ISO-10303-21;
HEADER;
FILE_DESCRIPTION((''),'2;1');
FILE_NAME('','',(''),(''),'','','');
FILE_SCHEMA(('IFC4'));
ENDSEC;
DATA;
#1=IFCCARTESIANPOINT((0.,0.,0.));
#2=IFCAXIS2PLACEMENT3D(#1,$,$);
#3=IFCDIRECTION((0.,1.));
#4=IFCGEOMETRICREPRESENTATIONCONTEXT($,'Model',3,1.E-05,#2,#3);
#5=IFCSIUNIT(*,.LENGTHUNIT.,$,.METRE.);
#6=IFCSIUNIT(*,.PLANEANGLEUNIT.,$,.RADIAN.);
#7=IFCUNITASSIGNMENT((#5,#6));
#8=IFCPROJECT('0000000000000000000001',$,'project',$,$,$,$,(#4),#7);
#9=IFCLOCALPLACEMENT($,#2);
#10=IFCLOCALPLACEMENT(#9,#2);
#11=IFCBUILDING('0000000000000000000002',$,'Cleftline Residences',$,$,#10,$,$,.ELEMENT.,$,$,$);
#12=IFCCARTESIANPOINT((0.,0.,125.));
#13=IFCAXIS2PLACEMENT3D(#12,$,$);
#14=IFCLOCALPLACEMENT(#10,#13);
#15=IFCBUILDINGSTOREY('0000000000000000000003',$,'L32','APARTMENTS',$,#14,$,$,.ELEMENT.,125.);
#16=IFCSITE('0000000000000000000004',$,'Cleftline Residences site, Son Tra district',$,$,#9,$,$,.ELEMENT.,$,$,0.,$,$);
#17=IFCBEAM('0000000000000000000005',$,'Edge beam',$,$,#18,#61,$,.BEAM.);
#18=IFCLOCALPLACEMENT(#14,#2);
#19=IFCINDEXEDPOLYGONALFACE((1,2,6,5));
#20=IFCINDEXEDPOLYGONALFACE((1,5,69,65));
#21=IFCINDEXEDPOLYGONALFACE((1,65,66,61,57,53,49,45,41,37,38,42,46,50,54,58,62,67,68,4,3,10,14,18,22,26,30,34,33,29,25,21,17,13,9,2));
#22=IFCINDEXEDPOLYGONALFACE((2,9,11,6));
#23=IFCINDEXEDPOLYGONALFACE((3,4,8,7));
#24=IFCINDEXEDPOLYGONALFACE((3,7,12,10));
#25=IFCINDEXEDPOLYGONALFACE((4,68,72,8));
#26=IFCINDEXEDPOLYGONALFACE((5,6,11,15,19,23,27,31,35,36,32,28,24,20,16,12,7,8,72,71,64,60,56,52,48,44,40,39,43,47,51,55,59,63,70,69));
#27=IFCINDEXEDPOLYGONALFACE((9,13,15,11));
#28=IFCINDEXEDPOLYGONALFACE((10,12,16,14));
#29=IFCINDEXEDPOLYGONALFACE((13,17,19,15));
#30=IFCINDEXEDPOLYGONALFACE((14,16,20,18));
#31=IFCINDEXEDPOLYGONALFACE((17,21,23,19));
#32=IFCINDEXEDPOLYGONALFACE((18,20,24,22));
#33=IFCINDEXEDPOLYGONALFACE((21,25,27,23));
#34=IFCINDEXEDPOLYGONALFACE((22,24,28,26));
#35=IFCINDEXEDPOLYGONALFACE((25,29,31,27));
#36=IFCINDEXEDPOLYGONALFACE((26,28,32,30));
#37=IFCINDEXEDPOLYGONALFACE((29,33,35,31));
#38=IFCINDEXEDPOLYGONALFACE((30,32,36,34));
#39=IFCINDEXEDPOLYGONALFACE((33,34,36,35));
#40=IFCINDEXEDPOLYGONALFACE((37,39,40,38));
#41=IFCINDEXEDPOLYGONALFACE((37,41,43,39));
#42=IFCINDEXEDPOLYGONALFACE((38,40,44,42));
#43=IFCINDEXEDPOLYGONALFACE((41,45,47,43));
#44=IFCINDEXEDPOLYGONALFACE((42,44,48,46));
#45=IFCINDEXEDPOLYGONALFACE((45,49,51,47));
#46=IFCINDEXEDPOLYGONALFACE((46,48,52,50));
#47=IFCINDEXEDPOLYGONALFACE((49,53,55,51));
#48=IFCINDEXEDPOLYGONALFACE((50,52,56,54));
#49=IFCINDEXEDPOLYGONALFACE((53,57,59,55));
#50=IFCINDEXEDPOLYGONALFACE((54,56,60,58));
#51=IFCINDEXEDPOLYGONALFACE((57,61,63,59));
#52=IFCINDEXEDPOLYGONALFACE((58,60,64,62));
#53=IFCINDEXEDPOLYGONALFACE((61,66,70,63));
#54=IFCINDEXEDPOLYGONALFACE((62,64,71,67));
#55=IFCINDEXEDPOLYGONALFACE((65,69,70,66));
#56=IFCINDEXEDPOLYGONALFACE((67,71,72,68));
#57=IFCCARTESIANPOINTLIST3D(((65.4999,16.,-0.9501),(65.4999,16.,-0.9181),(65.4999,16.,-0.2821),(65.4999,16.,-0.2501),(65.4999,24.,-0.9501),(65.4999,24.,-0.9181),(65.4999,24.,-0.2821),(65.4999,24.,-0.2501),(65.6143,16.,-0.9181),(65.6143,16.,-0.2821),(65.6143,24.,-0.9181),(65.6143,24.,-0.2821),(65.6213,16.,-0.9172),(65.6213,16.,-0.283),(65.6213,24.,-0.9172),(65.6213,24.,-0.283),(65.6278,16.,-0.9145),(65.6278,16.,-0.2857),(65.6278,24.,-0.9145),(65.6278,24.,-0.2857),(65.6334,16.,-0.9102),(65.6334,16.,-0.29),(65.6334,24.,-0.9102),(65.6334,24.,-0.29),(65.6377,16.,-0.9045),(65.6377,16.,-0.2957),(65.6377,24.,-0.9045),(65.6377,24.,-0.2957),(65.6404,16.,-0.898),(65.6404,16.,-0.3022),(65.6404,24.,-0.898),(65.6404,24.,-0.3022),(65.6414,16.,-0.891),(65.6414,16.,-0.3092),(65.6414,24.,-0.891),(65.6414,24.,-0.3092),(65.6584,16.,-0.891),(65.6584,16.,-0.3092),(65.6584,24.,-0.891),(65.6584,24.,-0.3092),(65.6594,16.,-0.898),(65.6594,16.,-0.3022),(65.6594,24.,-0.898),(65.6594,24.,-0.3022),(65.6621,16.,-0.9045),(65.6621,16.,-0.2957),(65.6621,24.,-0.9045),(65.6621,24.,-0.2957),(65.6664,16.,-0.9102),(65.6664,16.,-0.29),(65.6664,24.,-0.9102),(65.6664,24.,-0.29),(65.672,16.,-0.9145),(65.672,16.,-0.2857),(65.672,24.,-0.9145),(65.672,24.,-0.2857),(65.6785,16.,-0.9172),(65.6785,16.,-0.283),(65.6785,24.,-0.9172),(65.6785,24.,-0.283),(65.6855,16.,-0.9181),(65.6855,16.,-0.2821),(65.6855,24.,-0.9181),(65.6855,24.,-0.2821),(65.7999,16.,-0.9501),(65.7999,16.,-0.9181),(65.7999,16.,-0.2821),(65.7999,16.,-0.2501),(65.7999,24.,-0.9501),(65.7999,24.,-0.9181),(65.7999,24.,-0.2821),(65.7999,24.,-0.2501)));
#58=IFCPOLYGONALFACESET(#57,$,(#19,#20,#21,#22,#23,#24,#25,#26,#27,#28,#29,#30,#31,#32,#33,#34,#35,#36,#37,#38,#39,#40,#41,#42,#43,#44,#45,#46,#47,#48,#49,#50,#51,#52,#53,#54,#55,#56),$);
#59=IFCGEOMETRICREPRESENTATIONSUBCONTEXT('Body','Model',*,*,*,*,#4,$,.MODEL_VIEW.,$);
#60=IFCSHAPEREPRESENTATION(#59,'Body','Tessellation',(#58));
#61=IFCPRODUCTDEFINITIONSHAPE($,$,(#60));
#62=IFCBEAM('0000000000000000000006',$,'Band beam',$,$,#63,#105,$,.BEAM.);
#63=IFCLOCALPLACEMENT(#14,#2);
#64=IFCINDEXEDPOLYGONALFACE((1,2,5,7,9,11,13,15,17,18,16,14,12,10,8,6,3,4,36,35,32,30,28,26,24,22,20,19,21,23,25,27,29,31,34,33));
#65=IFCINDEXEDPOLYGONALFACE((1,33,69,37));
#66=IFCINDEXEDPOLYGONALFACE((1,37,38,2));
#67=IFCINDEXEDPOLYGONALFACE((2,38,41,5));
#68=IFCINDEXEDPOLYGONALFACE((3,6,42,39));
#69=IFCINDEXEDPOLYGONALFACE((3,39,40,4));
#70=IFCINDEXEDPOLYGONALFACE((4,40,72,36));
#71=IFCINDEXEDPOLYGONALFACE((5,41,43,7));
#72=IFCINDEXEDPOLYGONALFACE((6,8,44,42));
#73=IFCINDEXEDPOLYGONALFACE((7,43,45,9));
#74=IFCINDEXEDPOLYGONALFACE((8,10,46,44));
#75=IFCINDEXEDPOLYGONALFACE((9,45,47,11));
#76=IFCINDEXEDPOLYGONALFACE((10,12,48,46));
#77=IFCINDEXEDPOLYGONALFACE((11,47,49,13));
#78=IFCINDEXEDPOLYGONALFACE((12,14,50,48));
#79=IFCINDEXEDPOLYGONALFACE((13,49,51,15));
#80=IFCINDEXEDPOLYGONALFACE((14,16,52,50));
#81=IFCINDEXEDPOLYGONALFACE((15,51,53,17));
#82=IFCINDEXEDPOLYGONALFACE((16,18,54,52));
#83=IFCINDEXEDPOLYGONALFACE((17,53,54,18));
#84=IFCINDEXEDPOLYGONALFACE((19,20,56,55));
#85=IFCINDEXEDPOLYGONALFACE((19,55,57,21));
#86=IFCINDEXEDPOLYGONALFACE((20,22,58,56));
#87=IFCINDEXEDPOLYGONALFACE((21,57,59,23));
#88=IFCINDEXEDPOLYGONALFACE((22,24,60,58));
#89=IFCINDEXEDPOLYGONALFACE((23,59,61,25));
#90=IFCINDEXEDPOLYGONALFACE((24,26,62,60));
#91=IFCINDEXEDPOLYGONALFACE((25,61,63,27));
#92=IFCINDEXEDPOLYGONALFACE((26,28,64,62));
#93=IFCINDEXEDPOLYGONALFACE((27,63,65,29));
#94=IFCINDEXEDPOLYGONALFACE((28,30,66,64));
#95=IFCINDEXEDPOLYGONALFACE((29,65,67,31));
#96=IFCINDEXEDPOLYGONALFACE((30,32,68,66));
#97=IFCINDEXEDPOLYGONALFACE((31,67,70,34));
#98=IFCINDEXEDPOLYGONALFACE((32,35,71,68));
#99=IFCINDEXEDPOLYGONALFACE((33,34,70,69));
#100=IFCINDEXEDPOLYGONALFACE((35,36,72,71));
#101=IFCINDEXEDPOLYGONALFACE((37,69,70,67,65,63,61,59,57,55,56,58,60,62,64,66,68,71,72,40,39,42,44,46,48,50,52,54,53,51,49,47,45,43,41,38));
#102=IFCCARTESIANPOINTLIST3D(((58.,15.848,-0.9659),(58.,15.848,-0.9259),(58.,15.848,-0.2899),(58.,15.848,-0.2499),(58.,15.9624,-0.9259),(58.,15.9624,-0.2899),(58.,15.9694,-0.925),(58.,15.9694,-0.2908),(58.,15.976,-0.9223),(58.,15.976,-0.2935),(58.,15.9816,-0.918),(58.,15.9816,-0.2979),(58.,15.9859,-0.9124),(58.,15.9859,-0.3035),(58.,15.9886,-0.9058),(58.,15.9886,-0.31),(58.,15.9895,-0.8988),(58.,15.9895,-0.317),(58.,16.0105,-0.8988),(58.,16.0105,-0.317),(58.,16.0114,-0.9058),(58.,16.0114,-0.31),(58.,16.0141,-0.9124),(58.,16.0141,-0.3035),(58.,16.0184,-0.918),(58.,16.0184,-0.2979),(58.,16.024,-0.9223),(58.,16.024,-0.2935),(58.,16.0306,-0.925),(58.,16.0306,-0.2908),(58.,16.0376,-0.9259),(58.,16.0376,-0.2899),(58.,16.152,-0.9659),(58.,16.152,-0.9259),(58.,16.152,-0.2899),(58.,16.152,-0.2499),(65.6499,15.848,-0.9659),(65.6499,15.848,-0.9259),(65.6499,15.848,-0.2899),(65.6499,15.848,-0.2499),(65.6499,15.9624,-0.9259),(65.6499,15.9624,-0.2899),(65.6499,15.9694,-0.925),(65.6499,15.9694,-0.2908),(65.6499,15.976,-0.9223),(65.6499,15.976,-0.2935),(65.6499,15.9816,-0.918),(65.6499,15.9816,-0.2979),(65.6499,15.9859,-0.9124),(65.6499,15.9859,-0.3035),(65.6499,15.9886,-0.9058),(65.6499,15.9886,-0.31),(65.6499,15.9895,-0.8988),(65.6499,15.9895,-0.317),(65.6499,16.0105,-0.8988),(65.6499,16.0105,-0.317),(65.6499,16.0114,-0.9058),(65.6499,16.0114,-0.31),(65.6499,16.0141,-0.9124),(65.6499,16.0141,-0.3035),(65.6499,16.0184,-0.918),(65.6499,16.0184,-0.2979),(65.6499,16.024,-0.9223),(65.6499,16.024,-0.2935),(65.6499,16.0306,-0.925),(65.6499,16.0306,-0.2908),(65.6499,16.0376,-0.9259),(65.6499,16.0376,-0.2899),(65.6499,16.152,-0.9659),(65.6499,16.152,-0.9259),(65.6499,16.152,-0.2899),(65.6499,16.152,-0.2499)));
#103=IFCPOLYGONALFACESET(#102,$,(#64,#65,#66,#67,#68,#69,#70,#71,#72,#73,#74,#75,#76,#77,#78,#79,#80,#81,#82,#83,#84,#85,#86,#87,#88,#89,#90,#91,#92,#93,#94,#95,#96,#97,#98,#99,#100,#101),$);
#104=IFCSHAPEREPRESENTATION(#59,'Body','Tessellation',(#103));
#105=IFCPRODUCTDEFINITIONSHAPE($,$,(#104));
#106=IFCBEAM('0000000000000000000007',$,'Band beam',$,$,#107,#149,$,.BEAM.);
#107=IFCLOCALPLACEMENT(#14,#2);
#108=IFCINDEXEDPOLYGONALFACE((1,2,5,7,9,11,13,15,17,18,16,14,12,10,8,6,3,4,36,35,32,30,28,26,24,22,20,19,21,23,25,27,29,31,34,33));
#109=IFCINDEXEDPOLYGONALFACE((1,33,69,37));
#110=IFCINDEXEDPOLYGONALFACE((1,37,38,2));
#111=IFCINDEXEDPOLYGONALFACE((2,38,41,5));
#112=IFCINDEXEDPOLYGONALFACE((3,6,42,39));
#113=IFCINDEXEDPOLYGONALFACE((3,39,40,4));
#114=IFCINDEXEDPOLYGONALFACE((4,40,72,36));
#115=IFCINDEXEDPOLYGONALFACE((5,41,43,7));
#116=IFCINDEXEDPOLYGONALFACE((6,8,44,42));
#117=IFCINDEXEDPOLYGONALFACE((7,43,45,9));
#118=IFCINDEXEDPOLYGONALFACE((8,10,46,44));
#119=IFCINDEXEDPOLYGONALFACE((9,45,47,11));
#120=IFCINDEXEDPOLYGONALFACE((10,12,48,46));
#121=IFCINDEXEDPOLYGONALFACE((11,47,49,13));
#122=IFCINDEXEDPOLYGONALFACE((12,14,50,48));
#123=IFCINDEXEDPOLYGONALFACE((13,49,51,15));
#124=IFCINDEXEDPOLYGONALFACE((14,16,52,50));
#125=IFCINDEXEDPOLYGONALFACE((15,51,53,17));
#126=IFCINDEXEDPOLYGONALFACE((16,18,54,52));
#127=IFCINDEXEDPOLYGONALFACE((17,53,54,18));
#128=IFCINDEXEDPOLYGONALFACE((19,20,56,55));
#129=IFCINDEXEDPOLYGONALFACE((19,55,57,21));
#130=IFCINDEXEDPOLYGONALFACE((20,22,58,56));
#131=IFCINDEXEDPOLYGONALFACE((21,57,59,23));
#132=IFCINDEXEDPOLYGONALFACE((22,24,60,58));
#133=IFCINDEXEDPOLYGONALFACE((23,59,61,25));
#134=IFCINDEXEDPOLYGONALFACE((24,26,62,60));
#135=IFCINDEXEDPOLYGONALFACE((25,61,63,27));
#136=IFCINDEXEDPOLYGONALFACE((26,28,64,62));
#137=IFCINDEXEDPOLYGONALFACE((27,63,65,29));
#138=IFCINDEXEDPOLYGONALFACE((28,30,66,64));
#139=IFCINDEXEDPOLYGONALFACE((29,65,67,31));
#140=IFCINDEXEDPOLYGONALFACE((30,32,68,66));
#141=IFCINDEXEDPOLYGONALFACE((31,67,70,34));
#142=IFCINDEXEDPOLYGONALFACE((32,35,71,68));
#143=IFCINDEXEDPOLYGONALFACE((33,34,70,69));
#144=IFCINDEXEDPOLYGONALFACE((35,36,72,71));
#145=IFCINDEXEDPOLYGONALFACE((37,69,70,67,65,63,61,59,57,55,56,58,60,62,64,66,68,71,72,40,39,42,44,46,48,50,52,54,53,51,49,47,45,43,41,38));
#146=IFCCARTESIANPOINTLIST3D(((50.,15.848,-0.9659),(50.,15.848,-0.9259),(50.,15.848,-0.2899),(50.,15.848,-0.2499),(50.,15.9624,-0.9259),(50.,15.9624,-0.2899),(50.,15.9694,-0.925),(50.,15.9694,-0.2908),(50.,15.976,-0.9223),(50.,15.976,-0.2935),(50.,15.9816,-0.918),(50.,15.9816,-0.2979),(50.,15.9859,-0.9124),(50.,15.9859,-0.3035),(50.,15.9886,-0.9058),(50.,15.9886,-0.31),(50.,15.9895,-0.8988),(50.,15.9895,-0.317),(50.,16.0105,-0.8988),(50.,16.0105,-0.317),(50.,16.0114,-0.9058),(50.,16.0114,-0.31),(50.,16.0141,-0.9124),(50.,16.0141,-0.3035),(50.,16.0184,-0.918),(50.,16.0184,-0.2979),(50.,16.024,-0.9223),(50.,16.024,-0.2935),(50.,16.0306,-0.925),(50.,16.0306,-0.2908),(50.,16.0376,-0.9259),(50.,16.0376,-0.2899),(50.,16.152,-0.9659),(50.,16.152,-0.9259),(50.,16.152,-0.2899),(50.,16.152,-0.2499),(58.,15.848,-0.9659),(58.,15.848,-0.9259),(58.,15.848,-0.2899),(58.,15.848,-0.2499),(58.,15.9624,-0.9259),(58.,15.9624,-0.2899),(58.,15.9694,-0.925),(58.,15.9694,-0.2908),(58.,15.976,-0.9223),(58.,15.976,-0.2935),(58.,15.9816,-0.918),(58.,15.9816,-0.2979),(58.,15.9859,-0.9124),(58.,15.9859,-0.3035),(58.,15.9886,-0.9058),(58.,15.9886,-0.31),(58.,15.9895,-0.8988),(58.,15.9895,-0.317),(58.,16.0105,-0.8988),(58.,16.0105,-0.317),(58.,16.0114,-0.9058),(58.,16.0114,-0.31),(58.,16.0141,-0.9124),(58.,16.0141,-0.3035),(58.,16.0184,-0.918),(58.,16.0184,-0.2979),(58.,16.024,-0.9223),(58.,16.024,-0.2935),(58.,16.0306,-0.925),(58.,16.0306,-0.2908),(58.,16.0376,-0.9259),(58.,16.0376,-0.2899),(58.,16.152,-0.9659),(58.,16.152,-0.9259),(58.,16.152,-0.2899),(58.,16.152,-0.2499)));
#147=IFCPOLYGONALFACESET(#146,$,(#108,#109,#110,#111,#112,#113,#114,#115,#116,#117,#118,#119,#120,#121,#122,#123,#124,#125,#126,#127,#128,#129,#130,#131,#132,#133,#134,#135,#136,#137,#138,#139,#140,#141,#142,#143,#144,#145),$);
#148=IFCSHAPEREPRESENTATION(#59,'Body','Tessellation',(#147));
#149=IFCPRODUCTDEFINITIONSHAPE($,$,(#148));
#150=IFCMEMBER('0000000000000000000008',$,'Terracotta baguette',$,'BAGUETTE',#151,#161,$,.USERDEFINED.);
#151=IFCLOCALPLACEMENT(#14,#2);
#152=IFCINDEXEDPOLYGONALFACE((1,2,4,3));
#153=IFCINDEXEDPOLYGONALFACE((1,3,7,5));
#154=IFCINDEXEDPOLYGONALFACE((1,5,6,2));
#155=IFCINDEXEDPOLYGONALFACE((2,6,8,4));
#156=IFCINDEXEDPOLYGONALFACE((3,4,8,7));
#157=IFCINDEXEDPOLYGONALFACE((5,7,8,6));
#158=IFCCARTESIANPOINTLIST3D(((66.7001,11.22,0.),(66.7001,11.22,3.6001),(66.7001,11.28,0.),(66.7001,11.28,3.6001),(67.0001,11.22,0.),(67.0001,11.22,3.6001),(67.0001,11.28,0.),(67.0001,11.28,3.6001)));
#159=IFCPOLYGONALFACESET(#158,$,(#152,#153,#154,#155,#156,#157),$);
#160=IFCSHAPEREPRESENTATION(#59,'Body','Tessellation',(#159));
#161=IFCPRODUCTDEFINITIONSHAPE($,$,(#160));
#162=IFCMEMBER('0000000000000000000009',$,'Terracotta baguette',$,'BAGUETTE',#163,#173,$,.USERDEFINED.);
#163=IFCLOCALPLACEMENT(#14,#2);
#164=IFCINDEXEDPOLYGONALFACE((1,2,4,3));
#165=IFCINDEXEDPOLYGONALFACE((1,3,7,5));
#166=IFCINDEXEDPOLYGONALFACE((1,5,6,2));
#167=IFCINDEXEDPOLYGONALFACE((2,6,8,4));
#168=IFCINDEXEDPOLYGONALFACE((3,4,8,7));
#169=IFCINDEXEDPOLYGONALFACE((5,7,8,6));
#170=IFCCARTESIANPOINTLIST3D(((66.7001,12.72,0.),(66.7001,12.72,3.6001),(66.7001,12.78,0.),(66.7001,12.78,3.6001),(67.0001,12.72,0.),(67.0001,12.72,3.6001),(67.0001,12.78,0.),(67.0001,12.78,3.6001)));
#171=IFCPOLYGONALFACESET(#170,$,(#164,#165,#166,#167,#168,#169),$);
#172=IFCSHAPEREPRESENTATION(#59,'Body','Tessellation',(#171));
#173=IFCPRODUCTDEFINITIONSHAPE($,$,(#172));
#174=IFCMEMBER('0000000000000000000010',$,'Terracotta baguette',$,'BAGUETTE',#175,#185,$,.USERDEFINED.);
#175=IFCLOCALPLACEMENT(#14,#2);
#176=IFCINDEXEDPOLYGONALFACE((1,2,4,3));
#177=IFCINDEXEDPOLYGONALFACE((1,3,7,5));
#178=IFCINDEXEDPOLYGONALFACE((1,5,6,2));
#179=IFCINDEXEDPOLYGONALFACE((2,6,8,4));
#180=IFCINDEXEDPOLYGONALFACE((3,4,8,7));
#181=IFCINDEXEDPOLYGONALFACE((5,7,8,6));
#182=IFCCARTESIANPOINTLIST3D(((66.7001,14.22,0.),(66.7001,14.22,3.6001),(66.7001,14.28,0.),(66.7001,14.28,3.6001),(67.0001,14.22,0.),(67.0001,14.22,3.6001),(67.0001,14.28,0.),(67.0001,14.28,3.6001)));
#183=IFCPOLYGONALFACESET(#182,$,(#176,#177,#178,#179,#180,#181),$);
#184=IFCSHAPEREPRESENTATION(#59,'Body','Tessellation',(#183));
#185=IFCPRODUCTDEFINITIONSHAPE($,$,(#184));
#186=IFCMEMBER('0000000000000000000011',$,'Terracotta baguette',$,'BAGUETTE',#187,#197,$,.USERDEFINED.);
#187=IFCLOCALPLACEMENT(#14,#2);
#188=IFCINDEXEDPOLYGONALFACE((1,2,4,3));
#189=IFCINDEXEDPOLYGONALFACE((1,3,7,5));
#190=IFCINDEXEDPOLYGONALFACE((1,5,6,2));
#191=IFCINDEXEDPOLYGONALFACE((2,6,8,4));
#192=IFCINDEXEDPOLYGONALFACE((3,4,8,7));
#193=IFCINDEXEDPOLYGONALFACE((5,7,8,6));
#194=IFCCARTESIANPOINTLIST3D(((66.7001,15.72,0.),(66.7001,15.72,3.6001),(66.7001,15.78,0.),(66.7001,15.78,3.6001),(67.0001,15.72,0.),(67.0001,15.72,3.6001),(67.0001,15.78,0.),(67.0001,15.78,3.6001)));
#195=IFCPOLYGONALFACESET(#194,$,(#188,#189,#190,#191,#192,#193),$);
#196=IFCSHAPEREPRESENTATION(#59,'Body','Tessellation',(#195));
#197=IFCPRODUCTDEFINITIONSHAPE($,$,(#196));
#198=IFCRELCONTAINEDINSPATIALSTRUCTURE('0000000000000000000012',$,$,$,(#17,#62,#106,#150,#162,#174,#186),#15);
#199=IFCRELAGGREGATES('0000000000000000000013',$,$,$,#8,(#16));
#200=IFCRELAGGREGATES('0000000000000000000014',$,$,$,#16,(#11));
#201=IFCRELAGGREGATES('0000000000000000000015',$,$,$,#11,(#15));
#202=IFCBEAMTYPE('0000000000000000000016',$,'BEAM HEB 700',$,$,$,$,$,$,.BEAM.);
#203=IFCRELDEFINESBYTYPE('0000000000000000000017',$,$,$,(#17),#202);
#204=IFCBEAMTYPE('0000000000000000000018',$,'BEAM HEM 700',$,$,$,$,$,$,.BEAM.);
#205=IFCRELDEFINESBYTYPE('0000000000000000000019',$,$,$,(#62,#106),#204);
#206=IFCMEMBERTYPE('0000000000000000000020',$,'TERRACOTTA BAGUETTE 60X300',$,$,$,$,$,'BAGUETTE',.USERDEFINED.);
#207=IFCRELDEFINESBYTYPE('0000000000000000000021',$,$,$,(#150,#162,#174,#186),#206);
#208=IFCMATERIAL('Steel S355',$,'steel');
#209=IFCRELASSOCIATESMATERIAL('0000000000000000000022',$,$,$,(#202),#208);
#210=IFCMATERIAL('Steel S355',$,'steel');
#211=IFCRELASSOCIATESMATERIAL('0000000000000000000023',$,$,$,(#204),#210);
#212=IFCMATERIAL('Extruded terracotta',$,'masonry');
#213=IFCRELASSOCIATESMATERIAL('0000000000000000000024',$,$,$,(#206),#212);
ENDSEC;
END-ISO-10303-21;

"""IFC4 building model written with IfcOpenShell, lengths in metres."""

from ifc_helpers import new_model, si_unit, direction, frame, origin, origin_2d, place, context, subcontext, project, spatial, rectangle, i_section, extrude, material, material_profile, profile_set, type_object, element, save


model = new_model("IFC4")

# Units and contexts
model_context = context("Model", 3, precision=1e-05, world=origin(), true_north=direction((0.0, 1.0)))
body_context = subcontext(model_context, "Body", "Model", "MODEL_VIEW")
ifc_project = project(units=[si_unit("LENGTHUNIT", "METRE"), si_unit("PLANEANGLEUNIT", "RADIAN")], contexts=[model_context])

# Site, building, storey
site_placement = place(None, origin())
site = spatial("IfcSite", under=ifc_project, at=site_placement, Name="Cleftline Residences site, Son Tra district", CompositionType="ELEMENT", RefElevation=0.0)
building_placement = place(site_placement, origin())
building = spatial("IfcBuilding", under=site, at=building_placement, Name="Cleftline Residences", CompositionType="ELEMENT")
storey_placement = place(building_placement, frame((0.0, 0.0, 125.0)))
storey = spatial("IfcBuildingStorey", under=building, at=storey_placement, Name="L32", Description="APARTMENTS", CompositionType="ELEMENT", Elevation=125.0)

# Beams
ifc_material_1 = material(Name="Steel S355", Category="steel")
ifc_material_profile_1 = material_profile(ifc_material_1, i_section(OverallWidth=0.3, OverallDepth=0.7, WebThickness=0.0171, FlangeThickness=0.032, FilletRadius=0.0271, at=origin_2d()))
ifc_profile_set_1 = profile_set([ifc_material_profile_1], Name="Steel S355")
beam_type_1 = type_object("IfcBeamType", Name="BEAM HEB 700", PredefinedType="BEAM", material=ifc_profile_set_1)
beam_1_placement = place(storey_placement, frame((65.6499, 16.0, -0.6001), z_axis=(0.0, 1.0, 0.0), x_axis=(-1.0, 0.0, 0.0)))
element("IfcBeam", 1, at=beam_1_placement, inside=storey, type_object=beam_type_1, Name="Edge beam", PredefinedType="BEAM", context=body_context, shape_type="SweptSolid", body=[
    extrude(i_section(OverallWidth=0.3, OverallDepth=0.7, WebThickness=0.0171, FlangeThickness=0.032, FilletRadius=0.0271, at=origin_2d()), origin(), (0.0, 0.0, 1.0), 8.0),
])
ifc_material_2 = material(Name="Steel S355", Category="steel")
ifc_material_profile_2 = material_profile(ifc_material_2, i_section(OverallWidth=0.304, OverallDepth=0.7161, WebThickness=0.021, FlangeThickness=0.04, FilletRadius=0.0271, at=origin_2d()))
ifc_profile_set_2 = profile_set([ifc_material_profile_2], Name="Steel S355")
beam_type_2 = type_object("IfcBeamType", Name="BEAM HEM 700", PredefinedType="BEAM", material=ifc_profile_set_2)
beam_2_placement = place(storey_placement, frame((65.6499, 16.0, -0.6079), z_axis=(-1.0, 0.0, 0.0), x_axis=(0.0, -1.0, 0.0)))
element("IfcBeam", 2, at=beam_2_placement, inside=storey, type_object=beam_type_2, Name="Band beam", PredefinedType="BEAM", context=body_context, shape_type="SweptSolid", body=[
    extrude(i_section(OverallWidth=0.304, OverallDepth=0.7161, WebThickness=0.021, FlangeThickness=0.04, FilletRadius=0.0271, at=origin_2d()), origin(), (0.0, 0.0, 1.0), 7.6499),
])
beam_3_placement = place(storey_placement, frame((58.0, 16.0, -0.6079), z_axis=(-1.0, 0.0, 0.0), x_axis=(0.0, -1.0, 0.0)))
element("IfcBeam", 3, at=beam_3_placement, inside=storey, type_object=beam_type_2, Name="Band beam", PredefinedType="BEAM", context=body_context, shape_type="SweptSolid", body=[
    extrude(i_section(OverallWidth=0.304, OverallDepth=0.7161, WebThickness=0.021, FlangeThickness=0.04, FilletRadius=0.0271, at=origin_2d()), origin(), (0.0, 0.0, 1.0), 8.0),
])

# Members
ifc_material_3 = material(Name="Extruded terracotta", Category="masonry")
ifc_material_profile_3 = material_profile(ifc_material_3, rectangle(XDim=0.0601, YDim=0.3, at=origin_2d()))
ifc_profile_set_3 = profile_set([ifc_material_profile_3], Name="Extruded terracotta")
member_type_1 = type_object("IfcMemberType", Name="TERRACOTTA BAGUETTE 60X300", ElementType="BAGUETTE", PredefinedType="USERDEFINED", material=ifc_profile_set_3)
for number, where, z_axis, x_axis, name in (
    (4, (66.8501, 11.25, 0.0), (0.0, 0.0, 1.0), (0.0, 1.0, 0.0), "Terracotta baguette"),
    (5, (66.8501, 12.75, 0.0), (0.0, 0.0, 1.0), (0.0, 1.0, 0.0), "Terracotta baguette"),
    (6, (66.8501, 14.25, 0.0), (0.0, 0.0, 1.0), (0.0, 1.0, 0.0), "Terracotta baguette"),
    (7, (66.8501, 15.75, 0.0), (0.0, 0.0, 1.0), (0.0, 1.0, 0.0), "Terracotta baguette"),
):
    element("IfcMember", number, at=place(storey_placement, frame(where, z_axis=z_axis, x_axis=x_axis)), inside=storey, type_object=member_type_1, Name=name, ObjectType="BAGUETTE", PredefinedType="USERDEFINED", context=body_context, shape_type="SweptSolid", body=[
        extrude(rectangle(XDim=0.0601, YDim=0.3, at=origin_2d()), origin(), (0.0, 0.0, 1.0), 3.6001),
    ])

save(model, "model.ifc")
